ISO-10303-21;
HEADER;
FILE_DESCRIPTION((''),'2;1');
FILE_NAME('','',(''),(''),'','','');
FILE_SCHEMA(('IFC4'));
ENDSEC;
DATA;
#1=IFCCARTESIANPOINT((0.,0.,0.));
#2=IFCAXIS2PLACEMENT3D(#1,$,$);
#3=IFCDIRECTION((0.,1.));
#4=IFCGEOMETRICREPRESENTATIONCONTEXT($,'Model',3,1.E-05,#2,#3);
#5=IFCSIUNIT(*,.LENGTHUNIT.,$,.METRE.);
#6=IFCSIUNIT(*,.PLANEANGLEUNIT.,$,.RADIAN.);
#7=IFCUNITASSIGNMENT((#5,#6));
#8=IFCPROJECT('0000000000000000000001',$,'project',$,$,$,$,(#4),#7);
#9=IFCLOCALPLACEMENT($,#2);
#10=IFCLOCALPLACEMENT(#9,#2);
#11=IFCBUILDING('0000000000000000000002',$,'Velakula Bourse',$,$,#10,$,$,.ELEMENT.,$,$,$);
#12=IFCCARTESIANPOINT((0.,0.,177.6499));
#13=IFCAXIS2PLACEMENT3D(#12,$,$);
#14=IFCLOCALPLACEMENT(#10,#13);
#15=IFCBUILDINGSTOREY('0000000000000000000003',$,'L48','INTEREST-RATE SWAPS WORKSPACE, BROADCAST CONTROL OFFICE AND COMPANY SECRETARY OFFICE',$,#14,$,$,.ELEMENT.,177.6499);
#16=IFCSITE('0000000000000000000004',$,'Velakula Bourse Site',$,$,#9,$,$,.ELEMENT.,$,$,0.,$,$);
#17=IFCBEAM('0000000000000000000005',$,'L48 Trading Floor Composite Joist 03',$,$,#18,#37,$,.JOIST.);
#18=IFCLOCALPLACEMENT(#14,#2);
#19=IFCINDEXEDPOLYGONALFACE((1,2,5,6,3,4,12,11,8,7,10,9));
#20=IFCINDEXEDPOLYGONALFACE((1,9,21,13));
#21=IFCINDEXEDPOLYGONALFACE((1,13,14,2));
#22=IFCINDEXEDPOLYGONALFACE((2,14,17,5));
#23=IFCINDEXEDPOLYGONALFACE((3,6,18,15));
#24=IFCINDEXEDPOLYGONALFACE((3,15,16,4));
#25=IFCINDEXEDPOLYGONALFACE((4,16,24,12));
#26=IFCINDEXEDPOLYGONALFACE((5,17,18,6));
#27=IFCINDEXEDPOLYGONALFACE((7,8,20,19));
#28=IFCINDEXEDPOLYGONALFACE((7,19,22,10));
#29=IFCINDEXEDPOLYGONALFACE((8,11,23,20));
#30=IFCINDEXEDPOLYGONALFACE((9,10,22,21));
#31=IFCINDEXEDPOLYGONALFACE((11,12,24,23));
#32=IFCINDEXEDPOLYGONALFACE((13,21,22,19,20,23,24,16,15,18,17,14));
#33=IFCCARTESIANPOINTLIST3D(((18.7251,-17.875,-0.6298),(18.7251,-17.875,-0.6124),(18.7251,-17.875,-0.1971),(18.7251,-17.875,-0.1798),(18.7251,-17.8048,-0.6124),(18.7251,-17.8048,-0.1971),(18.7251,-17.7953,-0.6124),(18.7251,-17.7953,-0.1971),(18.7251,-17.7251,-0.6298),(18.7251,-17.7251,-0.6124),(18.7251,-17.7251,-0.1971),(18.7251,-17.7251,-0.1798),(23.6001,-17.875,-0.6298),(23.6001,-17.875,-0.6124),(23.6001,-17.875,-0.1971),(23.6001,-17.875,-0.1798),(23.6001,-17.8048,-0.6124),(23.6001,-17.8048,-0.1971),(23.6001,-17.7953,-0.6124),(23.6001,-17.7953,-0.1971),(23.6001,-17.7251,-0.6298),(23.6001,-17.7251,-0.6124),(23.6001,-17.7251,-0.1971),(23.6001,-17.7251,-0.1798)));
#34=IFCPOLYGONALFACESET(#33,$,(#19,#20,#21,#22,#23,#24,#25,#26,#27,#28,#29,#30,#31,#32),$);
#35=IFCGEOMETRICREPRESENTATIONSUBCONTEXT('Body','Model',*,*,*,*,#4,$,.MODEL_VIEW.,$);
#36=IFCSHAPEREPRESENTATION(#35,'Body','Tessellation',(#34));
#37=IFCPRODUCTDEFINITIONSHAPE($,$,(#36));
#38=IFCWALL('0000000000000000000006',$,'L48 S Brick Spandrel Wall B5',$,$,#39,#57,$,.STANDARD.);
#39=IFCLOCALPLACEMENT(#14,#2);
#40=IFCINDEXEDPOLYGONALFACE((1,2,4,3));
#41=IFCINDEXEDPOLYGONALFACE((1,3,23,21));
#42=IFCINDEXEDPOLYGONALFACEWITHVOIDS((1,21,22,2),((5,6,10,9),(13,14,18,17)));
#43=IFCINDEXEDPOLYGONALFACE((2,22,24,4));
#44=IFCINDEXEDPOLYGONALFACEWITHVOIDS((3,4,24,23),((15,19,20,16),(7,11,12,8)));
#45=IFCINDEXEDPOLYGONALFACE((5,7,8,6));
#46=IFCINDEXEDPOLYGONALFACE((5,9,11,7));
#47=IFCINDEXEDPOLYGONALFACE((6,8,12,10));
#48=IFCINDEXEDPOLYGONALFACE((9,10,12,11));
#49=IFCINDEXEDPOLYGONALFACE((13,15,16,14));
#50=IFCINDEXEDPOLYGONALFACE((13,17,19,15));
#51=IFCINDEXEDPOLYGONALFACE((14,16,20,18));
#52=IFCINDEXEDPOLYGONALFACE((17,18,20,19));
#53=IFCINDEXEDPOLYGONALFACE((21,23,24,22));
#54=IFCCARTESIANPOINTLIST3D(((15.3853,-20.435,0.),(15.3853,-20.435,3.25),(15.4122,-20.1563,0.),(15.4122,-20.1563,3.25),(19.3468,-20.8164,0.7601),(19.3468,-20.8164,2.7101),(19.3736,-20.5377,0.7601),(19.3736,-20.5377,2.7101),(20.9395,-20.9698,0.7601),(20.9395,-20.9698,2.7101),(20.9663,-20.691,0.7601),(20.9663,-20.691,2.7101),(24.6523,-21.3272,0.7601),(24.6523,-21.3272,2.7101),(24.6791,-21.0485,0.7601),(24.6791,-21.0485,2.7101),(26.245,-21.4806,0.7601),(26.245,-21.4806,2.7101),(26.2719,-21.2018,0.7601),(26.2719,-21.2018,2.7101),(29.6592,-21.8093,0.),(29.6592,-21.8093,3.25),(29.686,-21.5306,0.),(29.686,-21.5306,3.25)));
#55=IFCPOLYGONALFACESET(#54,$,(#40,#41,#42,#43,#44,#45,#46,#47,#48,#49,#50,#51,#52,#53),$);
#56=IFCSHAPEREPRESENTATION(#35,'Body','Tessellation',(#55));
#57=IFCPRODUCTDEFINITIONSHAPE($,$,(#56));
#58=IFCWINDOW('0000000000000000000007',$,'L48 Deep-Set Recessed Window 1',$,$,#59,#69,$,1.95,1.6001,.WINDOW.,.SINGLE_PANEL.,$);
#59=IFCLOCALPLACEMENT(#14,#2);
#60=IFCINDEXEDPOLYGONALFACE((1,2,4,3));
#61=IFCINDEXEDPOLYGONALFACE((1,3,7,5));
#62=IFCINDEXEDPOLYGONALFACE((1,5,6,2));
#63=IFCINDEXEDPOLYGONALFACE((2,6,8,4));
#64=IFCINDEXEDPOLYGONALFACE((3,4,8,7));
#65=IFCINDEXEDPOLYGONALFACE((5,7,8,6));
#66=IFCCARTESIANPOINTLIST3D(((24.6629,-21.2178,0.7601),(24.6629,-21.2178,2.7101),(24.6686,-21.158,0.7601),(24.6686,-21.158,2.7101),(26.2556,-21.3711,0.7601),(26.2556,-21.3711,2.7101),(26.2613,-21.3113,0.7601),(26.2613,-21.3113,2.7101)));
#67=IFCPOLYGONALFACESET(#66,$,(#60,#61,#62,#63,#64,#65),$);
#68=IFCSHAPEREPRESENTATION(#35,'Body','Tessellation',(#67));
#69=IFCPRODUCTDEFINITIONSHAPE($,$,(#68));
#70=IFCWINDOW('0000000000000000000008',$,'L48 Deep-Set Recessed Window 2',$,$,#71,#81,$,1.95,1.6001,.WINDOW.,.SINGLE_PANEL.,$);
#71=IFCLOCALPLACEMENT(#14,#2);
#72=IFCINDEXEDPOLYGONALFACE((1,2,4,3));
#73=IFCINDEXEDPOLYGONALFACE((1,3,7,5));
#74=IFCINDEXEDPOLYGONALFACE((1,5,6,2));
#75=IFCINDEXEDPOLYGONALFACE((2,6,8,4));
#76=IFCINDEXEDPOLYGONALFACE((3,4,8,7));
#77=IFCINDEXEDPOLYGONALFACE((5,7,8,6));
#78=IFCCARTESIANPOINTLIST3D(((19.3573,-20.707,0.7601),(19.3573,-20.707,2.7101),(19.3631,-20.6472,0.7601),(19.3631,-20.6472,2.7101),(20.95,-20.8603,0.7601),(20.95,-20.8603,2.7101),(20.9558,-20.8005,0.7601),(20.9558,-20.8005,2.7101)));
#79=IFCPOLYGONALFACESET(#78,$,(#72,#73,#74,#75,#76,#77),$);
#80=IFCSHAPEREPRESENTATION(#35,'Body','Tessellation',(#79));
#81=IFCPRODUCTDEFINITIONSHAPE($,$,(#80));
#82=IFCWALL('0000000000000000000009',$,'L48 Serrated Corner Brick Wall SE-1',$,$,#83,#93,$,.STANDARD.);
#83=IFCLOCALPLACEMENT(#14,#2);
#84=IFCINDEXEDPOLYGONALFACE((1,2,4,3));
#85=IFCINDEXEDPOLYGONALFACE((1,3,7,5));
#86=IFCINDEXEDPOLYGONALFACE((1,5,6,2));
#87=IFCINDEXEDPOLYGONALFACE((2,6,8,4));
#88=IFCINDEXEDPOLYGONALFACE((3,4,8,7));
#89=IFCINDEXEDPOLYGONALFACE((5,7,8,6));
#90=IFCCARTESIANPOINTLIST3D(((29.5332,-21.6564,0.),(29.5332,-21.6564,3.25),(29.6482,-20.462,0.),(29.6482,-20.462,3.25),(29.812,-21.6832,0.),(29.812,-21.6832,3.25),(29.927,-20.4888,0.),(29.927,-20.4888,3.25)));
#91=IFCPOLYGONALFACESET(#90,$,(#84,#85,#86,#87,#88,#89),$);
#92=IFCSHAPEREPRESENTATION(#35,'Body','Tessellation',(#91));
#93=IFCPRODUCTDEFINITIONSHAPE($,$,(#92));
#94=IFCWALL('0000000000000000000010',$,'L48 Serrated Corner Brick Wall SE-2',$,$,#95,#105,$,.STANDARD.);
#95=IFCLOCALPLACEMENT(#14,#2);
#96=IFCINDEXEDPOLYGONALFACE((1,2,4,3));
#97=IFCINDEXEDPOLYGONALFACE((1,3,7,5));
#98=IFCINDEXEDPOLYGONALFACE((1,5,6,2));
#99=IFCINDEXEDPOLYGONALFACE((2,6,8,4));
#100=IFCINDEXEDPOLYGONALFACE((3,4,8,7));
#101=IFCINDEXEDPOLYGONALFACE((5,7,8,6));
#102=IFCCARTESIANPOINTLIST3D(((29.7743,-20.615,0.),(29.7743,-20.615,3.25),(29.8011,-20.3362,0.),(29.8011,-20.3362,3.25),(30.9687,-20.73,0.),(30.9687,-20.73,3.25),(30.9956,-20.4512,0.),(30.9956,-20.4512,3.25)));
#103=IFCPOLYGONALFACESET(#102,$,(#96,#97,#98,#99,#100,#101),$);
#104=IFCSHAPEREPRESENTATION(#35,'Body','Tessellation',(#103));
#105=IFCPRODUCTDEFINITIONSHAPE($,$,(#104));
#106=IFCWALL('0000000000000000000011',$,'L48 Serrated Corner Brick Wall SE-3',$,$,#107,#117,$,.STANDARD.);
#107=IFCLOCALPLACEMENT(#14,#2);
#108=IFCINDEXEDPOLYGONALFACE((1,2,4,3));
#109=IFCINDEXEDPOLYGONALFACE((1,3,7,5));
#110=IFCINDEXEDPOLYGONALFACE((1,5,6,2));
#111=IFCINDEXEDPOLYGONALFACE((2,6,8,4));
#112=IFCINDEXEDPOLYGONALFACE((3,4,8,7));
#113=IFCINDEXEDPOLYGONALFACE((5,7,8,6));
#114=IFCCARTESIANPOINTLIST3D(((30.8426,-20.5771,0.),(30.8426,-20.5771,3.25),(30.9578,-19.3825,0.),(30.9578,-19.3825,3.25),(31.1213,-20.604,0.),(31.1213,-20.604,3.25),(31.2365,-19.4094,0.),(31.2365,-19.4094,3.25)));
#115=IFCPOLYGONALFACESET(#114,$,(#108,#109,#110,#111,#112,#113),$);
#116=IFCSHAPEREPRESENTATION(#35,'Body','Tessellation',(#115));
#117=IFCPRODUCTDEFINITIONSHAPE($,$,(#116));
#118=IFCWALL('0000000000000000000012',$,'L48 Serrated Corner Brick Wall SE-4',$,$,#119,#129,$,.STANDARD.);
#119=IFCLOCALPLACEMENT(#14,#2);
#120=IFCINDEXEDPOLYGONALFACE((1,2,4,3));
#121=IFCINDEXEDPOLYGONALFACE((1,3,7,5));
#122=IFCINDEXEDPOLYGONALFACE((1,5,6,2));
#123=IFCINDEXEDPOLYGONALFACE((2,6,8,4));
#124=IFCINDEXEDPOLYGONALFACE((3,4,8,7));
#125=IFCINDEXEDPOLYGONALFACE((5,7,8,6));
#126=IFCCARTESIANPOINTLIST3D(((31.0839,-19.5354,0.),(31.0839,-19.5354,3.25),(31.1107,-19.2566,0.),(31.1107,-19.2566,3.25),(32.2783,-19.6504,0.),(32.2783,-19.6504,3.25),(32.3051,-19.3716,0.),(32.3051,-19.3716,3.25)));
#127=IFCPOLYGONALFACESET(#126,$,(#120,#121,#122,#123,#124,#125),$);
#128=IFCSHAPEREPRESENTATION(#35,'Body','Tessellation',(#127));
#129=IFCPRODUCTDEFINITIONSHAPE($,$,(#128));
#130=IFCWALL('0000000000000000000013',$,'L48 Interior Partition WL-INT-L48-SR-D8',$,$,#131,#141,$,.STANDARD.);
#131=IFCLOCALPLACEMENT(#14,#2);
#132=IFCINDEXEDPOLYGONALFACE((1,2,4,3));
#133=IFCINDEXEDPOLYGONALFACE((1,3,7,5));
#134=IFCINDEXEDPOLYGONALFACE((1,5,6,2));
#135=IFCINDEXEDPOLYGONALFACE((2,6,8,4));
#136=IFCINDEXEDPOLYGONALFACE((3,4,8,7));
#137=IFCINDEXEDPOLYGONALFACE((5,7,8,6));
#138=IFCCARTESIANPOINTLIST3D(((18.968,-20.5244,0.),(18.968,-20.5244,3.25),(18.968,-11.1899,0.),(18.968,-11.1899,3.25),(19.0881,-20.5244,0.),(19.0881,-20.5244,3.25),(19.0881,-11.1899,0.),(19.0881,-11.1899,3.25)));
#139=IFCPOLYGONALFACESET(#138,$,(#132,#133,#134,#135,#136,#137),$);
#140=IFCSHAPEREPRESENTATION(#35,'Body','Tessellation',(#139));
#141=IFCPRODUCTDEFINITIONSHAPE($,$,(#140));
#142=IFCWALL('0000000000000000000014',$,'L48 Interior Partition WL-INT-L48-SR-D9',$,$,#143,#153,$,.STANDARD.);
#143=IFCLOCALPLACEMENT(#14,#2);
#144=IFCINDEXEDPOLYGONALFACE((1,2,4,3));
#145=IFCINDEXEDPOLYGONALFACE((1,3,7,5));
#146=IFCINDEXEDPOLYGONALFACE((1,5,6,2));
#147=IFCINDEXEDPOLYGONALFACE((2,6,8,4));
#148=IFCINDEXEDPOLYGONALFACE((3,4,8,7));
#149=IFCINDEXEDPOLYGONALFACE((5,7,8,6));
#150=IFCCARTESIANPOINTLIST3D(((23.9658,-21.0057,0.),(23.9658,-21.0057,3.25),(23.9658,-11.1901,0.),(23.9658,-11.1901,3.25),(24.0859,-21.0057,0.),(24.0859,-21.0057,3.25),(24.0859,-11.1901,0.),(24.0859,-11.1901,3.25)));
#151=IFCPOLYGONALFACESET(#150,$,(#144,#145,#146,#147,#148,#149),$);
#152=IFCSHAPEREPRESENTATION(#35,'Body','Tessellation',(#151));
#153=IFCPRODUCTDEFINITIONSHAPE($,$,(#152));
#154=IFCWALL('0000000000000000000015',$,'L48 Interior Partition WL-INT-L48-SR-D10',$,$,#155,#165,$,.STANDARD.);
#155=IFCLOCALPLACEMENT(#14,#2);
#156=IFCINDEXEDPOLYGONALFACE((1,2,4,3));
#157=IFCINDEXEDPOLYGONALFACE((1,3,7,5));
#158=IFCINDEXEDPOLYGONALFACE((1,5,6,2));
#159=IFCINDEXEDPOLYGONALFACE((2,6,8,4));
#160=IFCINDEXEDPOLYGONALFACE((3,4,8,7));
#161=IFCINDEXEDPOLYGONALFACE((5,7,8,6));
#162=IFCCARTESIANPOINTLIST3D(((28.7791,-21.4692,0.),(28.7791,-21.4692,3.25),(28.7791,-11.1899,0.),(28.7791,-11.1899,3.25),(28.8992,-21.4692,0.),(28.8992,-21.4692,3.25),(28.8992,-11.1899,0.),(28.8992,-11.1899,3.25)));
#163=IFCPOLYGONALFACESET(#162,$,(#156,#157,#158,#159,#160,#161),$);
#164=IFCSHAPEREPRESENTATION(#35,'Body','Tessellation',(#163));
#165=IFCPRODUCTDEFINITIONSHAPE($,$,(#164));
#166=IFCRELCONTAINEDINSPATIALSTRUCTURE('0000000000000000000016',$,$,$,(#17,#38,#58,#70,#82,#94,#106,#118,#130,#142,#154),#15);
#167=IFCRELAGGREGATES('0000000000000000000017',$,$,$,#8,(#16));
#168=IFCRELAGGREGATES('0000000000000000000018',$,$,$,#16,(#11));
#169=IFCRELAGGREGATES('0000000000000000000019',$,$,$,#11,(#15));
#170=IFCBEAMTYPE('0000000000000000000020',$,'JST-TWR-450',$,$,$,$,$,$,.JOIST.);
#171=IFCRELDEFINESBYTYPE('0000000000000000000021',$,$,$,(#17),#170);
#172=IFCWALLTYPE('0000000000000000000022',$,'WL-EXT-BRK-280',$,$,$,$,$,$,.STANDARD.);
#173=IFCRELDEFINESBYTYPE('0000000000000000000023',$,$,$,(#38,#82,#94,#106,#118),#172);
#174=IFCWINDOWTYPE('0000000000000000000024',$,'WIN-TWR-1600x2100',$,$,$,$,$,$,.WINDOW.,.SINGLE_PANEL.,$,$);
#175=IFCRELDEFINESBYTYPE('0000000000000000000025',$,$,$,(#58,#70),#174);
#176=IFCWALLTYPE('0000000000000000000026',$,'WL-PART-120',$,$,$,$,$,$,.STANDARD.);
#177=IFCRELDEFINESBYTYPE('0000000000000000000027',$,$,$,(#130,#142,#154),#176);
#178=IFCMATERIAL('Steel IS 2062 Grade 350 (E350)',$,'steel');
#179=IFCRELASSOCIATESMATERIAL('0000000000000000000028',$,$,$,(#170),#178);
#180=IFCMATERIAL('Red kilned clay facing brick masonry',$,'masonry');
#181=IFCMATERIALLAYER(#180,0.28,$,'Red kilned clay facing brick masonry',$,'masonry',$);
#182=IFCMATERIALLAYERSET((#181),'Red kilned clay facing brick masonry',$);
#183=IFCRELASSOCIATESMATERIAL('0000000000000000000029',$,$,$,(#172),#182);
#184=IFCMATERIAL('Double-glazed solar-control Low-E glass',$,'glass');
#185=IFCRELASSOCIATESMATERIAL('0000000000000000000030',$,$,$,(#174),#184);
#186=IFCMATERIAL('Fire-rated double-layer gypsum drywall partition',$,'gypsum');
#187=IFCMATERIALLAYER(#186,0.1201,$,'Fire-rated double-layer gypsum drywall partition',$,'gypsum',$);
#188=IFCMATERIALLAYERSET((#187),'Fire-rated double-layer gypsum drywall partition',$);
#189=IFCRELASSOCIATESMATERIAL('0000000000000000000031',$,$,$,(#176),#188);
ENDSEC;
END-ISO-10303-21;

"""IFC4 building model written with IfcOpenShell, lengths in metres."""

from ifc_helpers import new_model, si_unit, direction, frame, frame_2d, origin, origin_2d, place, context, subcontext, project, spatial, rectangle, i_section, extrude, material, layer, layer_set, material_profile, profile_set, type_object, element, fill, save


model = new_model("IFC4")

# Units and contexts
model_context = context("Model", 3, precision=1e-05, world=origin(), true_north=direction((0.0, 1.0)))
body_context = subcontext(model_context, "Body", "Model", "MODEL_VIEW")
ifc_project = project(units=[si_unit("LENGTHUNIT", "METRE"), si_unit("PLANEANGLEUNIT", "RADIAN")], contexts=[model_context])

# Site, building, storey
site_placement = place(None, origin())
site = spatial("IfcSite", under=ifc_project, at=site_placement, Name="Velakula Bourse Site", CompositionType="ELEMENT", RefElevation=0.0)
building_placement = place(site_placement, origin())
building = spatial("IfcBuilding", under=site, at=building_placement, Name="Velakula Bourse", CompositionType="ELEMENT")
storey_placement = place(building_placement, frame((0.0, 0.0, 177.6499)))
storey = spatial("IfcBuildingStorey", under=building, at=storey_placement, Name="L48", Description="INTEREST-RATE SWAPS WORKSPACE, BROADCAST CONTROL OFFICE AND COMPANY SECRETARY OFFICE", CompositionType="ELEMENT", Elevation=177.6499)

# Shared definitions
ifc_material_1 = material(Name="Steel IS 2062 Grade 350 (E350)", Category="steel")

# Beam
ifc_material_profile_1 = material_profile(ifc_material_1, i_section(OverallWidth=0.1499, OverallDepth=0.45, WebThickness=0.0095, FlangeThickness=0.0173, at=origin_2d()), Name="Steel IS 2062 Grade 350 (E350)")
ifc_profile_set_1 = profile_set([ifc_material_profile_1], Name="Steel IS 2062 Grade 350 (E350)")
beam_type_1 = type_object("IfcBeamType", Name="JST-TWR-450", PredefinedType="JOIST", material=ifc_profile_set_1)
beam_1_placement = place(storey_placement, frame((18.7251, -17.8, -0.4048), z_axis=(1.0, 0.0, 0.0), x_axis=(0.0, 1.0, 0.0)))
element("IfcBeam", 1, at=beam_1_placement, inside=storey, type_object=beam_type_1, Name="L48 Trading Floor Composite Joist 03", PredefinedType="JOIST", context=body_context, shape_type="SweptSolid", body=[
    extrude(i_section(OverallWidth=0.1499, OverallDepth=0.45, WebThickness=0.0095, FlangeThickness=0.0173, at=origin_2d()), origin(), (0.0, 0.0, 1.0), 4.875),
])

# Wall, openings, windows
ifc_material_2 = material(Name="Red kilned clay facing brick masonry", Category="masonry")
ifc_layer_1 = layer(ifc_material_2, 0.28, Name="Red kilned clay facing brick masonry", Category="masonry")
ifc_layer_set_1 = layer_set([ifc_layer_1], Name="Red kilned clay facing brick masonry")
wall_type_1 = type_object("IfcWallType", Name="WL-EXT-BRK-280", PredefinedType="STANDARD", material=ifc_layer_set_1)
wall_1_placement = place(storey_placement, frame((29.6726, -21.6699, 0.0), z_axis=(0.0, 0.0, 1.0), x_axis=(-0.995397, 0.095835, 0.0)))
wall_1 = element("IfcWall", 2, at=wall_1_placement, inside=storey, type_object=wall_type_1, Name="L48 S Brick Spandrel Wall B5", PredefinedType="STANDARD", context=body_context, shape_type="SweptSolid", body=[
    extrude(rectangle(XDim=14.3398, YDim=0.28, at=frame_2d((7.1699, 0.0))), origin(), (0.0, 0.0, 1.0), 3.25),
])
opening_1_placement = place(wall_1_placement, frame((3.4299, 0.0, 0.76)))
opening_1 = element("IfcOpeningElement", 3, at=opening_1_placement, cuts=wall_1, PredefinedType="OPENING", context=body_context, shape_type="SweptSolid", body=[
    extrude(rectangle(XDim=1.6001, YDim=1.95, at=frame_2d((0.8, 0.9751))), frame((0.0, 0.1499, 0.0), z_axis=(0.0, -1.0, 0.0), x_axis=(1.0, 0.0, 0.0)), (0.0, 0.0, 1.0), 0.3),
])
opening_2_placement = place(wall_1_placement, frame((8.76, 0.0, 0.76)))
opening_2 = element("IfcOpeningElement", 4, at=opening_2_placement, cuts=wall_1, PredefinedType="OPENING", context=body_context, shape_type="SweptSolid", body=[
    extrude(rectangle(XDim=1.6001, YDim=1.95, at=frame_2d((0.8, 0.9751))), frame((0.0, 0.1499, 0.0), z_axis=(0.0, -1.0, 0.0), x_axis=(1.0, 0.0, 0.0)), (0.0, 0.0, 1.0), 0.3),
])
ifc_material_3 = material(Name="Double-glazed solar-control Low-E glass", Category="glass")
window_type = type_object("IfcWindowType", Name="WIN-TWR-1600x2100", PartitioningType="SINGLE_PANEL", PredefinedType="WINDOW", material=ifc_material_3)
window_1_placement = place(opening_1_placement, origin())
window_1 = element("IfcWindow", 5, at=window_1_placement, inside=storey, type_object=window_type, Name="L48 Deep-Set Recessed Window 1", OverallHeight=1.95, OverallWidth=1.6001, PartitioningType="SINGLE_PANEL", PredefinedType="WINDOW", context=body_context, shape_type="SweptSolid", body=[
    extrude(rectangle(XDim=1.6001, YDim=1.95, at=frame_2d((0.8, 0.9751))), frame((0.0, 0.03, 0.0), z_axis=(0.0, -1.0, 0.0), x_axis=(1.0, 0.0, 0.0)), (0.0, 0.0, 1.0), 0.0601),
])
fill(opening_1, window_1)
window_2_placement = place(opening_2_placement, origin())
window_2 = element("IfcWindow", 6, at=window_2_placement, inside=storey, type_object=window_type, Name="L48 Deep-Set Recessed Window 2", OverallHeight=1.95, OverallWidth=1.6001, PartitioningType="SINGLE_PANEL", PredefinedType="WINDOW", context=body_context, shape_type="SweptSolid", body=[
    extrude(rectangle(XDim=1.6001, YDim=1.95, at=frame_2d((0.8, 0.9751))), frame((0.0, 0.03, 0.0), z_axis=(0.0, -1.0, 0.0), x_axis=(1.0, 0.0, 0.0)), (0.0, 0.0, 1.0), 0.0601),
])
fill(opening_2, window_2)

# Walls
for number, where, z_axis, x_axis, name in (
    (7, (29.6726, -21.6699, 0.0), (0.0, 0.0, 1.0), (0.095836, 0.995397, 0.0), "L48 Serrated Corner Brick Wall SE-1"),
    (8, (29.7876, -20.4756, 0.0), (0.0, 0.0, 1.0), (0.995397, -0.095836, 0.0), "L48 Serrated Corner Brick Wall SE-2"),
):
    element("IfcWall", number, at=place(storey_placement, frame(where, z_axis=z_axis, x_axis=x_axis)), inside=storey, type_object=wall_type_1, Name=name, PredefinedType="STANDARD", context=body_context, shape_type="SweptSolid", body=[
        extrude(rectangle(XDim=1.2, YDim=0.28, at=frame_2d((0.6001, 0.0))), origin(), (0.0, 0.0, 1.0), 3.25),
    ])
wall_2_placement = place(storey_placement, frame((30.9819, -20.5906, 0.0), z_axis=(0.0, 0.0, 1.0), x_axis=(0.096019, 0.99538, 0.0)))
element("IfcWall", 9, at=wall_2_placement, inside=storey, type_object=wall_type_1, Name="L48 Serrated Corner Brick Wall SE-3", PredefinedType="STANDARD", context=body_context, shape_type="SweptSolid", body=[
    extrude(rectangle(XDim=1.2002, YDim=0.28, at=frame_2d((0.6001, 0.0))), origin(), (0.0, 0.0, 1.0), 3.25),
])
wall_3_placement = place(storey_placement, frame((31.0972, -19.396, 0.0), z_axis=(0.0, 0.0, 1.0), x_axis=(0.995397, -0.095836, 0.0)))
element("IfcWall", 10, at=wall_3_placement, inside=storey, type_object=wall_type_1, Name="L48 Serrated Corner Brick Wall SE-4", PredefinedType="STANDARD", context=body_context, shape_type="SweptSolid", body=[
    extrude(rectangle(XDim=1.2, YDim=0.28, at=frame_2d((0.6001, 0.0))), origin(), (0.0, 0.0, 1.0), 3.25),
])
ifc_material_4 = material(Name="Fire-rated double-layer gypsum drywall partition", Category="gypsum")
ifc_layer_2 = layer(ifc_material_4, 0.1201, Name="Fire-rated double-layer gypsum drywall partition", Category="gypsum")
ifc_layer_set_2 = layer_set([ifc_layer_2], Name="Fire-rated double-layer gypsum drywall partition")
wall_type_2 = type_object("IfcWallType", Name="WL-PART-120", PredefinedType="STANDARD", material=ifc_layer_set_2)
wall_4_placement = place(storey_placement, frame((19.0281, -20.5244, 0.0), z_axis=(0.0, 0.0, 1.0), x_axis=(0.0, 1.0, 0.0)))
element("IfcWall", 11, at=wall_4_placement, inside=storey, type_object=wall_type_2, Name="L48 Interior Partition WL-INT-L48-SR-D8", PredefinedType="STANDARD", context=body_context, shape_type="SweptSolid", body=[
    extrude(rectangle(XDim=9.3345, YDim=0.1201, at=frame_2d((4.6672, 0.0))), origin(), (0.0, 0.0, 1.0), 3.25),
])
wall_5_placement = place(storey_placement, frame((24.0259, -21.0056, 0.0), z_axis=(0.0, 0.0, 1.0), x_axis=(0.0, 1.0, 0.0)))
element("IfcWall", 12, at=wall_5_placement, inside=storey, type_object=wall_type_2, Name="L48 Interior Partition WL-INT-L48-SR-D9", PredefinedType="STANDARD", context=body_context, shape_type="SweptSolid", body=[
    extrude(rectangle(XDim=9.8157, YDim=0.1201, at=frame_2d((4.9077, 0.0))), origin(), (0.0, 0.0, 1.0), 3.25),
])
wall_6_placement = place(storey_placement, frame((28.8391, -21.4692, 0.0), z_axis=(0.0, 0.0, 1.0), x_axis=(0.0, 1.0, 0.0)))
element("IfcWall", 13, at=wall_6_placement, inside=storey, type_object=wall_type_2, Name="L48 Interior Partition WL-INT-L48-SR-D10", PredefinedType="STANDARD", context=body_context, shape_type="SweptSolid", body=[
    extrude(rectangle(XDim=10.2793, YDim=0.1201, at=frame_2d((5.1396, 0.0))), origin(), (0.0, 0.0, 1.0), 3.25),
])

save(model, "model.ifc")
